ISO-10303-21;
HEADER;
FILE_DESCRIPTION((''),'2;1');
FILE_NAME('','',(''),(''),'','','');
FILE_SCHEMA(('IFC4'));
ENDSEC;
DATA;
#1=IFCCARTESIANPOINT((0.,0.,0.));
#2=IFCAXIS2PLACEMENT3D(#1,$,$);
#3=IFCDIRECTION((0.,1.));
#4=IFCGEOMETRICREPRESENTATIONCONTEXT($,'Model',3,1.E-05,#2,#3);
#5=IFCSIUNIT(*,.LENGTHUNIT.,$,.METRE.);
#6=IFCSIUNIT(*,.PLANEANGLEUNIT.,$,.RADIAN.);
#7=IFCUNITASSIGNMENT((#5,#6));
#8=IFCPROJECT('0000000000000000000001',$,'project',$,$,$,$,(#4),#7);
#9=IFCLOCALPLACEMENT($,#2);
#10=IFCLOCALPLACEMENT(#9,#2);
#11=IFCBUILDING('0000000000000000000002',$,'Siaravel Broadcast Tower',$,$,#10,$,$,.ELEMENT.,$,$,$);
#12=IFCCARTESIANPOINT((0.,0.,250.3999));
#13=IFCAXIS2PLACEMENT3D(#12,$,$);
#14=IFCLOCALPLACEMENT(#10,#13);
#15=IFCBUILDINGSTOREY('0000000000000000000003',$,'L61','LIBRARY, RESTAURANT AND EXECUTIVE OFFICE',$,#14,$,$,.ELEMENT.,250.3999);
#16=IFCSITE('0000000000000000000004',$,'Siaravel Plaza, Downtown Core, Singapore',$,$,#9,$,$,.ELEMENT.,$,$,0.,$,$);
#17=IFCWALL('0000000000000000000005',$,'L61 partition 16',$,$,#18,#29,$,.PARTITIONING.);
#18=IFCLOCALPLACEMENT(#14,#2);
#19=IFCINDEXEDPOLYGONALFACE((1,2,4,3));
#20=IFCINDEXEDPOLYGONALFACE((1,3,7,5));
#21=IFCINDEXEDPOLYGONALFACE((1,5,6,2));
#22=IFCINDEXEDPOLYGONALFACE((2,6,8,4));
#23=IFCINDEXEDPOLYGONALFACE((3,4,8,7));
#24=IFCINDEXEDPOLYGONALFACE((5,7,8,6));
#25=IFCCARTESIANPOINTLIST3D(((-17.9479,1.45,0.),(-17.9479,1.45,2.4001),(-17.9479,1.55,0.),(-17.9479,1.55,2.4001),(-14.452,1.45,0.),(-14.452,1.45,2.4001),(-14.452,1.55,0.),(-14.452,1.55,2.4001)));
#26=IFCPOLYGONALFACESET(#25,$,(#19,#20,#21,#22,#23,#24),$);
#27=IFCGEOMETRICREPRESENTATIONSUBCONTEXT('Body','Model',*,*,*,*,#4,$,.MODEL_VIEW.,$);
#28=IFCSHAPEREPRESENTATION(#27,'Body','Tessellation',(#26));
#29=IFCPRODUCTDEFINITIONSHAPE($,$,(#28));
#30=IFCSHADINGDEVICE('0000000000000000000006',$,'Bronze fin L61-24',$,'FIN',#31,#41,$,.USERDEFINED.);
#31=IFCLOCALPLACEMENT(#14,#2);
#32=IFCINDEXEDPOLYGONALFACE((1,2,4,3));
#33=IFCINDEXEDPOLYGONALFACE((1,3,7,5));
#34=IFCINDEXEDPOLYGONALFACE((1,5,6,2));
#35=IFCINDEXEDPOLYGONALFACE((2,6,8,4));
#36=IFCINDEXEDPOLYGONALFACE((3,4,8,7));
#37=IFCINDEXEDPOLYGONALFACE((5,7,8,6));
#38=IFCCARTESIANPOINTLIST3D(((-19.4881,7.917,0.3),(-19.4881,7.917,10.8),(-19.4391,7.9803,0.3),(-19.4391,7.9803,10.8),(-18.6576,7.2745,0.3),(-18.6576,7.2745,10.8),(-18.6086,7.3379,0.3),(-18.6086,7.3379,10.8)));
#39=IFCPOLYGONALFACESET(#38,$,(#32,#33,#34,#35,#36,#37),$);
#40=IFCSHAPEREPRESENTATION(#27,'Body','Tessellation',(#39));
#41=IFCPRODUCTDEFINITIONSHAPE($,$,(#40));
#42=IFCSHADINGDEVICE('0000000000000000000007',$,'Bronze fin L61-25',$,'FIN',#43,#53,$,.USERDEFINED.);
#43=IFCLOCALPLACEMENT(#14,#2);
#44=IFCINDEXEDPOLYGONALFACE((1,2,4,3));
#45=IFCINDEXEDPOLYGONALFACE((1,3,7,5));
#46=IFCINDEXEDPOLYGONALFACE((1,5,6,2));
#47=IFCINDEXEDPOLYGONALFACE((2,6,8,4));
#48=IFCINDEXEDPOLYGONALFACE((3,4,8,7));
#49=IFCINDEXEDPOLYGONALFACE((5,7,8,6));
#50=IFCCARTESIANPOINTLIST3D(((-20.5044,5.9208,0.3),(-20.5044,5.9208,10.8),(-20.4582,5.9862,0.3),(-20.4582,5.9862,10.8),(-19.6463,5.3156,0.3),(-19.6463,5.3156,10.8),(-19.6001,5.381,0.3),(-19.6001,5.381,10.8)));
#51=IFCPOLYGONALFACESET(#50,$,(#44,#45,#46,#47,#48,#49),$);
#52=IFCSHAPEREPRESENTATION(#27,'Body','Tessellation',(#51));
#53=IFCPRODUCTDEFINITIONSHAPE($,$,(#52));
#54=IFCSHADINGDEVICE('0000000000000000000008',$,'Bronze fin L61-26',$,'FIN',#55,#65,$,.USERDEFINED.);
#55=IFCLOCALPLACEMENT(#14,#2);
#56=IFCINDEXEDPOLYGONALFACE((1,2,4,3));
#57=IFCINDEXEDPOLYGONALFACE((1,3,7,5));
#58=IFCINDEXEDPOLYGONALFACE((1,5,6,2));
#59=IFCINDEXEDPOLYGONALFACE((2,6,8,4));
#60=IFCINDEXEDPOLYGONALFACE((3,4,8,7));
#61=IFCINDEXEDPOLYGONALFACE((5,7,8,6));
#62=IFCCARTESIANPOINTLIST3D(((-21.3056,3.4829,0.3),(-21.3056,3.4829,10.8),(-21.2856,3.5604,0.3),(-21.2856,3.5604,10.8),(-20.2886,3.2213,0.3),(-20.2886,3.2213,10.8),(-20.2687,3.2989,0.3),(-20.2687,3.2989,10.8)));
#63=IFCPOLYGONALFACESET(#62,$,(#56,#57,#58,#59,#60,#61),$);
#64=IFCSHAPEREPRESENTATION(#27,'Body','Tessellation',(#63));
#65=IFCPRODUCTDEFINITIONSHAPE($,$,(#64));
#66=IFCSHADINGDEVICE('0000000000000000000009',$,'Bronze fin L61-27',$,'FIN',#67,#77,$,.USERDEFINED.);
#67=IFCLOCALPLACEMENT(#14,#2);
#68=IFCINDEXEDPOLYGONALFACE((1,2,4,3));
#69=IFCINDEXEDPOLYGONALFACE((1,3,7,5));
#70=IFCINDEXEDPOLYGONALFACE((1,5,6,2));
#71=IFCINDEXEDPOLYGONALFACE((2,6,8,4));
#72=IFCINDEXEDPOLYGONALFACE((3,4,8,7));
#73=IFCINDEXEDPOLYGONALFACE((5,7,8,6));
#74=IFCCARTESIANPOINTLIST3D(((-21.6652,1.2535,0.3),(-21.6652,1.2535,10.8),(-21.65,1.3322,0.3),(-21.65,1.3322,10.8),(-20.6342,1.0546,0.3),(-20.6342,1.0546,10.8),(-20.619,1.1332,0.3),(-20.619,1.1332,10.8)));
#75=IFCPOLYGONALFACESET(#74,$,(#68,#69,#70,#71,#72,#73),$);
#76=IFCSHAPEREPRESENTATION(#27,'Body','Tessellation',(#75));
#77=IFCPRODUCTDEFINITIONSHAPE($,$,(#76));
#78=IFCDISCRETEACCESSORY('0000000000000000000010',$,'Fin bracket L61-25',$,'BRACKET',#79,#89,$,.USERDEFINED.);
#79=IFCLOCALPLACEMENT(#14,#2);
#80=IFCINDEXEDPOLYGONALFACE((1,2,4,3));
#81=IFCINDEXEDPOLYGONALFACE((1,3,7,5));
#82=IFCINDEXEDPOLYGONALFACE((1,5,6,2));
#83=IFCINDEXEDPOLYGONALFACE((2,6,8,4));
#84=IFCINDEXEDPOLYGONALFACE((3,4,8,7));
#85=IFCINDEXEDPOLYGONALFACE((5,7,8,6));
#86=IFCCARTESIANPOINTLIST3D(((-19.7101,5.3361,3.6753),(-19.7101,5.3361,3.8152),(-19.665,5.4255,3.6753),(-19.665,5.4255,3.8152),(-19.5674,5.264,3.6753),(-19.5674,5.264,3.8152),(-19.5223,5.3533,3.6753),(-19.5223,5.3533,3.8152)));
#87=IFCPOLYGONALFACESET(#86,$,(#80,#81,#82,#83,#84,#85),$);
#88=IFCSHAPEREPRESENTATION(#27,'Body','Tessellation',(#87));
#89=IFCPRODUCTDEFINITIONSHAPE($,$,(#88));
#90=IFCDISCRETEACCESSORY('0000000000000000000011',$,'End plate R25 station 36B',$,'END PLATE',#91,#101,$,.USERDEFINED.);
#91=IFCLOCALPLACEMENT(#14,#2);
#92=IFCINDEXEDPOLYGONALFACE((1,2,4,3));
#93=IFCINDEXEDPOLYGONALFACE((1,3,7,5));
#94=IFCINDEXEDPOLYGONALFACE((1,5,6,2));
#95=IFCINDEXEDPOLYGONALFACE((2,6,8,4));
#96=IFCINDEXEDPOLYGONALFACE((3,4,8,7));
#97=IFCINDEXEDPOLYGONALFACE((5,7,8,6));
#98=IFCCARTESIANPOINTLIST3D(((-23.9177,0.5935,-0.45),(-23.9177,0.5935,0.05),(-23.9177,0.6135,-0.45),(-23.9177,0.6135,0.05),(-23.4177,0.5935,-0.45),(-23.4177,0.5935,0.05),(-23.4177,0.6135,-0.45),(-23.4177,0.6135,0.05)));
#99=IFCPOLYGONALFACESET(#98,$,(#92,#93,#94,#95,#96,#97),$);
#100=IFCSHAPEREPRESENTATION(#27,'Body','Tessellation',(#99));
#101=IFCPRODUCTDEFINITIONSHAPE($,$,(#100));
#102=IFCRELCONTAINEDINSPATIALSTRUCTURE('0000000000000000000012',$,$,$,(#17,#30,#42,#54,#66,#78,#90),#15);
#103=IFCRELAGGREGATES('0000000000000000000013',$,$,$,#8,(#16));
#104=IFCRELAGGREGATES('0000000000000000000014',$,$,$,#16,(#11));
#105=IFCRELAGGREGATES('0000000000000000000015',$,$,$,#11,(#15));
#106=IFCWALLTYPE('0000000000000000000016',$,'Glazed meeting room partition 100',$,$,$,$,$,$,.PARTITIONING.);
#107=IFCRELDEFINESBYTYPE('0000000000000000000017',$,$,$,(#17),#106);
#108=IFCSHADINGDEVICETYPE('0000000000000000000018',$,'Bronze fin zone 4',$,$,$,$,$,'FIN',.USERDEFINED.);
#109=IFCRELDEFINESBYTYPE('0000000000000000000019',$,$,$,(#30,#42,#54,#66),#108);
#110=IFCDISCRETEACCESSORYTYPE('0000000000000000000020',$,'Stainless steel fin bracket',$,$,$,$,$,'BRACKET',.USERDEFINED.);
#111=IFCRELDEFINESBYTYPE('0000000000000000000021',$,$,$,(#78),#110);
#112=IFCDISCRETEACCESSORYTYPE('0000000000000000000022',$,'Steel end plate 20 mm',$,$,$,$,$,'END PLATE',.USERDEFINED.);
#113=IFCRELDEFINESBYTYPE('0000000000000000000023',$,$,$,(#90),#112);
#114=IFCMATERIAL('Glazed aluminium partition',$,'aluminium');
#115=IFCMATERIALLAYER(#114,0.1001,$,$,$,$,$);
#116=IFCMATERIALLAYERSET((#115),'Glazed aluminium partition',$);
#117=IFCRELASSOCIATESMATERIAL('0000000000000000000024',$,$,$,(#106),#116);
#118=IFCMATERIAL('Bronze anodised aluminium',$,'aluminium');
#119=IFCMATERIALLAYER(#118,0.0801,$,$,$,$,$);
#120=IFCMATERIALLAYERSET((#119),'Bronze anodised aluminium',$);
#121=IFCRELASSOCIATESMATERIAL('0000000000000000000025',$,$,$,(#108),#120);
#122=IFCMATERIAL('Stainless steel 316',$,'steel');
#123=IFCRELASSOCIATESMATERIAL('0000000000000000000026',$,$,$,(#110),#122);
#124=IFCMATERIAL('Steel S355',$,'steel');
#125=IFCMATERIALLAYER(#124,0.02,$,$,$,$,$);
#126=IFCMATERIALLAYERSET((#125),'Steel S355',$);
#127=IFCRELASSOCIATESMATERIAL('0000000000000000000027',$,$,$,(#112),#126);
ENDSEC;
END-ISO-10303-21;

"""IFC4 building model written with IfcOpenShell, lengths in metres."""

from ifc_helpers import new_model, si_unit, direction, frame, frame_2d, origin, origin_2d, place, context, subcontext, project, spatial, rectangle, extrude, material, layer, layer_set, type_object, element, save


model = new_model("IFC4")

# Units and contexts
model_context = context("Model", 3, precision=1e-05, world=origin(), true_north=direction((0.0, 1.0)))
body_context = subcontext(model_context, "Body", "Model", "MODEL_VIEW")
ifc_project = project(units=[si_unit("LENGTHUNIT", "METRE"), si_unit("PLANEANGLEUNIT", "RADIAN")], contexts=[model_context])

# Site, building, storey
site_placement = place(None, origin())
site = spatial("IfcSite", under=ifc_project, at=site_placement, Name="Siaravel Plaza, Downtown Core, Singapore", CompositionType="ELEMENT", RefElevation=0.0)
building_placement = place(site_placement, origin())
building = spatial("IfcBuilding", under=site, at=building_placement, Name="Siaravel Broadcast Tower", CompositionType="ELEMENT")
storey_placement = place(building_placement, frame((0.0, 0.0, 250.3999)))
storey = spatial("IfcBuildingStorey", under=building, at=storey_placement, Name="L61", Description="LIBRARY, RESTAURANT AND EXECUTIVE OFFICE", CompositionType="ELEMENT", Elevation=250.3999)

# Shared definitions
ifc_material_1 = material(Name="Steel S355", Category="steel")

# Shared definitions
ifc_material_2 = material(Name="Glazed aluminium partition", Category="aluminium")
ifc_layer_1 = layer(ifc_material_2, 0.1001)
ifc_layer_set_1 = layer_set([ifc_layer_1], Name="Glazed aluminium partition")
wall_type = type_object("IfcWallType", Name="Glazed meeting room partition 100", PredefinedType="PARTITIONING", material=ifc_layer_set_1)

# Wall
wall_1_placement = place(storey_placement, frame((-14.4519, 1.5, 0.0), z_axis=(0.0, 0.0, 1.0), x_axis=(-1.0, 0.0, 0.0)))
element("IfcWall", 1, at=wall_1_placement, inside=storey, type_object=wall_type, Name="L61 partition 16", PredefinedType="PARTITIONING", context=body_context, shape_type="SweptSolid", body=[
    extrude(rectangle(XDim=3.4958, YDim=0.1001, at=frame_2d((1.748, 0.0))), origin(), (0.0, 0.0, 1.0), 2.4001),
])

# Shading devices
ifc_material_3 = material(Name="Bronze anodised aluminium", Category="aluminium")
ifc_layer_2 = layer(ifc_material_3, 0.0801)
ifc_layer_set_2 = layer_set([ifc_layer_2], Name="Bronze anodised aluminium")
shading_device_type = type_object("IfcShadingDeviceType", Name="Bronze fin zone 4", ElementType="FIN", PredefinedType="USERDEFINED", material=ifc_layer_set_2)
for number, where, z_axis, x_axis, name in (
    (2, (-19.0483, 7.6274, 0.3), (0.0, 0.0, 1.0), (-0.79098, 0.611842, 0.0), "Bronze fin L61-24"),
    (3, (-20.0522, 5.6509, 0.3), (0.0, 0.0, 1.0), (-0.817197, 0.576358, 0.0), "Bronze fin L61-25"),
    (4, (-20.7871, 3.3909, 0.3), (0.0, 0.0, 1.0), (-0.968487, 0.249063, 0.0), "Bronze fin L61-26"),
    (5, (-21.1421, 1.1934, 0.3), (0.0, 0.0, 1.0), (-0.98188, 0.189505, 0.0), "Bronze fin L61-27"),
):
    element("IfcShadingDevice", number, at=place(storey_placement, frame(where, z_axis=z_axis, x_axis=x_axis)), inside=storey, type_object=shading_device_type, Name=name, ObjectType="FIN", PredefinedType="USERDEFINED", context=body_context, shape_type="SweptSolid", body=[
        extrude(rectangle(XDim=1.05, YDim=0.0801, at=origin_2d()), origin(), (0.0, 0.0, 1.0), 10.5),
    ])

# Discrete accessories
ifc_material_4 = material(Name="Stainless steel 316", Category="steel")
discrete_accessory_type_1 = type_object("IfcDiscreteAccessoryType", Name="Stainless steel fin bracket", ElementType="BRACKET", PredefinedType="USERDEFINED", material=ifc_material_4)
discrete_accessory_1_placement = place(storey_placement, frame((-19.6162, 5.3447, 3.6753), z_axis=(0.0, 0.0, 1.0), x_axis=(-0.892393, 0.451259, 0.0)))
element("IfcDiscreteAccessory", 6, at=discrete_accessory_1_placement, inside=storey, type_object=discrete_accessory_type_1, Name="Fin bracket L61-25", ObjectType="BRACKET", PredefinedType="USERDEFINED", context=body_context, shape_type="SweptSolid", body=[
    extrude(rectangle(XDim=0.1599, YDim=0.1001, at=origin_2d()), origin(), (0.0, 0.0, 1.0), 0.1399),
])
ifc_layer_3 = layer(ifc_material_1, 0.02)
ifc_layer_set_3 = layer_set([ifc_layer_3], Name="Steel S355")
discrete_accessory_type_2 = type_object("IfcDiscreteAccessoryType", Name="Steel end plate 20 mm", ElementType="END PLATE", PredefinedType="USERDEFINED", material=ifc_layer_set_3)
discrete_accessory_2_placement = place(storey_placement, frame((-23.6677, 0.6035, -0.45), z_axis=(0.0, 0.0, 1.0), x_axis=(0.0, -1.0, 0.0)))
element("IfcDiscreteAccessory", 7, at=discrete_accessory_2_placement, inside=storey, type_object=discrete_accessory_type_2, Name="End plate R25 station 36B", ObjectType="END PLATE", PredefinedType="USERDEFINED", context=body_context, shape_type="SweptSolid", body=[
    extrude(rectangle(XDim=0.02, YDim=0.5, at=origin_2d()), origin(), (0.0, 0.0, 1.0), 0.5),
])

save(model, "model.ifc")
